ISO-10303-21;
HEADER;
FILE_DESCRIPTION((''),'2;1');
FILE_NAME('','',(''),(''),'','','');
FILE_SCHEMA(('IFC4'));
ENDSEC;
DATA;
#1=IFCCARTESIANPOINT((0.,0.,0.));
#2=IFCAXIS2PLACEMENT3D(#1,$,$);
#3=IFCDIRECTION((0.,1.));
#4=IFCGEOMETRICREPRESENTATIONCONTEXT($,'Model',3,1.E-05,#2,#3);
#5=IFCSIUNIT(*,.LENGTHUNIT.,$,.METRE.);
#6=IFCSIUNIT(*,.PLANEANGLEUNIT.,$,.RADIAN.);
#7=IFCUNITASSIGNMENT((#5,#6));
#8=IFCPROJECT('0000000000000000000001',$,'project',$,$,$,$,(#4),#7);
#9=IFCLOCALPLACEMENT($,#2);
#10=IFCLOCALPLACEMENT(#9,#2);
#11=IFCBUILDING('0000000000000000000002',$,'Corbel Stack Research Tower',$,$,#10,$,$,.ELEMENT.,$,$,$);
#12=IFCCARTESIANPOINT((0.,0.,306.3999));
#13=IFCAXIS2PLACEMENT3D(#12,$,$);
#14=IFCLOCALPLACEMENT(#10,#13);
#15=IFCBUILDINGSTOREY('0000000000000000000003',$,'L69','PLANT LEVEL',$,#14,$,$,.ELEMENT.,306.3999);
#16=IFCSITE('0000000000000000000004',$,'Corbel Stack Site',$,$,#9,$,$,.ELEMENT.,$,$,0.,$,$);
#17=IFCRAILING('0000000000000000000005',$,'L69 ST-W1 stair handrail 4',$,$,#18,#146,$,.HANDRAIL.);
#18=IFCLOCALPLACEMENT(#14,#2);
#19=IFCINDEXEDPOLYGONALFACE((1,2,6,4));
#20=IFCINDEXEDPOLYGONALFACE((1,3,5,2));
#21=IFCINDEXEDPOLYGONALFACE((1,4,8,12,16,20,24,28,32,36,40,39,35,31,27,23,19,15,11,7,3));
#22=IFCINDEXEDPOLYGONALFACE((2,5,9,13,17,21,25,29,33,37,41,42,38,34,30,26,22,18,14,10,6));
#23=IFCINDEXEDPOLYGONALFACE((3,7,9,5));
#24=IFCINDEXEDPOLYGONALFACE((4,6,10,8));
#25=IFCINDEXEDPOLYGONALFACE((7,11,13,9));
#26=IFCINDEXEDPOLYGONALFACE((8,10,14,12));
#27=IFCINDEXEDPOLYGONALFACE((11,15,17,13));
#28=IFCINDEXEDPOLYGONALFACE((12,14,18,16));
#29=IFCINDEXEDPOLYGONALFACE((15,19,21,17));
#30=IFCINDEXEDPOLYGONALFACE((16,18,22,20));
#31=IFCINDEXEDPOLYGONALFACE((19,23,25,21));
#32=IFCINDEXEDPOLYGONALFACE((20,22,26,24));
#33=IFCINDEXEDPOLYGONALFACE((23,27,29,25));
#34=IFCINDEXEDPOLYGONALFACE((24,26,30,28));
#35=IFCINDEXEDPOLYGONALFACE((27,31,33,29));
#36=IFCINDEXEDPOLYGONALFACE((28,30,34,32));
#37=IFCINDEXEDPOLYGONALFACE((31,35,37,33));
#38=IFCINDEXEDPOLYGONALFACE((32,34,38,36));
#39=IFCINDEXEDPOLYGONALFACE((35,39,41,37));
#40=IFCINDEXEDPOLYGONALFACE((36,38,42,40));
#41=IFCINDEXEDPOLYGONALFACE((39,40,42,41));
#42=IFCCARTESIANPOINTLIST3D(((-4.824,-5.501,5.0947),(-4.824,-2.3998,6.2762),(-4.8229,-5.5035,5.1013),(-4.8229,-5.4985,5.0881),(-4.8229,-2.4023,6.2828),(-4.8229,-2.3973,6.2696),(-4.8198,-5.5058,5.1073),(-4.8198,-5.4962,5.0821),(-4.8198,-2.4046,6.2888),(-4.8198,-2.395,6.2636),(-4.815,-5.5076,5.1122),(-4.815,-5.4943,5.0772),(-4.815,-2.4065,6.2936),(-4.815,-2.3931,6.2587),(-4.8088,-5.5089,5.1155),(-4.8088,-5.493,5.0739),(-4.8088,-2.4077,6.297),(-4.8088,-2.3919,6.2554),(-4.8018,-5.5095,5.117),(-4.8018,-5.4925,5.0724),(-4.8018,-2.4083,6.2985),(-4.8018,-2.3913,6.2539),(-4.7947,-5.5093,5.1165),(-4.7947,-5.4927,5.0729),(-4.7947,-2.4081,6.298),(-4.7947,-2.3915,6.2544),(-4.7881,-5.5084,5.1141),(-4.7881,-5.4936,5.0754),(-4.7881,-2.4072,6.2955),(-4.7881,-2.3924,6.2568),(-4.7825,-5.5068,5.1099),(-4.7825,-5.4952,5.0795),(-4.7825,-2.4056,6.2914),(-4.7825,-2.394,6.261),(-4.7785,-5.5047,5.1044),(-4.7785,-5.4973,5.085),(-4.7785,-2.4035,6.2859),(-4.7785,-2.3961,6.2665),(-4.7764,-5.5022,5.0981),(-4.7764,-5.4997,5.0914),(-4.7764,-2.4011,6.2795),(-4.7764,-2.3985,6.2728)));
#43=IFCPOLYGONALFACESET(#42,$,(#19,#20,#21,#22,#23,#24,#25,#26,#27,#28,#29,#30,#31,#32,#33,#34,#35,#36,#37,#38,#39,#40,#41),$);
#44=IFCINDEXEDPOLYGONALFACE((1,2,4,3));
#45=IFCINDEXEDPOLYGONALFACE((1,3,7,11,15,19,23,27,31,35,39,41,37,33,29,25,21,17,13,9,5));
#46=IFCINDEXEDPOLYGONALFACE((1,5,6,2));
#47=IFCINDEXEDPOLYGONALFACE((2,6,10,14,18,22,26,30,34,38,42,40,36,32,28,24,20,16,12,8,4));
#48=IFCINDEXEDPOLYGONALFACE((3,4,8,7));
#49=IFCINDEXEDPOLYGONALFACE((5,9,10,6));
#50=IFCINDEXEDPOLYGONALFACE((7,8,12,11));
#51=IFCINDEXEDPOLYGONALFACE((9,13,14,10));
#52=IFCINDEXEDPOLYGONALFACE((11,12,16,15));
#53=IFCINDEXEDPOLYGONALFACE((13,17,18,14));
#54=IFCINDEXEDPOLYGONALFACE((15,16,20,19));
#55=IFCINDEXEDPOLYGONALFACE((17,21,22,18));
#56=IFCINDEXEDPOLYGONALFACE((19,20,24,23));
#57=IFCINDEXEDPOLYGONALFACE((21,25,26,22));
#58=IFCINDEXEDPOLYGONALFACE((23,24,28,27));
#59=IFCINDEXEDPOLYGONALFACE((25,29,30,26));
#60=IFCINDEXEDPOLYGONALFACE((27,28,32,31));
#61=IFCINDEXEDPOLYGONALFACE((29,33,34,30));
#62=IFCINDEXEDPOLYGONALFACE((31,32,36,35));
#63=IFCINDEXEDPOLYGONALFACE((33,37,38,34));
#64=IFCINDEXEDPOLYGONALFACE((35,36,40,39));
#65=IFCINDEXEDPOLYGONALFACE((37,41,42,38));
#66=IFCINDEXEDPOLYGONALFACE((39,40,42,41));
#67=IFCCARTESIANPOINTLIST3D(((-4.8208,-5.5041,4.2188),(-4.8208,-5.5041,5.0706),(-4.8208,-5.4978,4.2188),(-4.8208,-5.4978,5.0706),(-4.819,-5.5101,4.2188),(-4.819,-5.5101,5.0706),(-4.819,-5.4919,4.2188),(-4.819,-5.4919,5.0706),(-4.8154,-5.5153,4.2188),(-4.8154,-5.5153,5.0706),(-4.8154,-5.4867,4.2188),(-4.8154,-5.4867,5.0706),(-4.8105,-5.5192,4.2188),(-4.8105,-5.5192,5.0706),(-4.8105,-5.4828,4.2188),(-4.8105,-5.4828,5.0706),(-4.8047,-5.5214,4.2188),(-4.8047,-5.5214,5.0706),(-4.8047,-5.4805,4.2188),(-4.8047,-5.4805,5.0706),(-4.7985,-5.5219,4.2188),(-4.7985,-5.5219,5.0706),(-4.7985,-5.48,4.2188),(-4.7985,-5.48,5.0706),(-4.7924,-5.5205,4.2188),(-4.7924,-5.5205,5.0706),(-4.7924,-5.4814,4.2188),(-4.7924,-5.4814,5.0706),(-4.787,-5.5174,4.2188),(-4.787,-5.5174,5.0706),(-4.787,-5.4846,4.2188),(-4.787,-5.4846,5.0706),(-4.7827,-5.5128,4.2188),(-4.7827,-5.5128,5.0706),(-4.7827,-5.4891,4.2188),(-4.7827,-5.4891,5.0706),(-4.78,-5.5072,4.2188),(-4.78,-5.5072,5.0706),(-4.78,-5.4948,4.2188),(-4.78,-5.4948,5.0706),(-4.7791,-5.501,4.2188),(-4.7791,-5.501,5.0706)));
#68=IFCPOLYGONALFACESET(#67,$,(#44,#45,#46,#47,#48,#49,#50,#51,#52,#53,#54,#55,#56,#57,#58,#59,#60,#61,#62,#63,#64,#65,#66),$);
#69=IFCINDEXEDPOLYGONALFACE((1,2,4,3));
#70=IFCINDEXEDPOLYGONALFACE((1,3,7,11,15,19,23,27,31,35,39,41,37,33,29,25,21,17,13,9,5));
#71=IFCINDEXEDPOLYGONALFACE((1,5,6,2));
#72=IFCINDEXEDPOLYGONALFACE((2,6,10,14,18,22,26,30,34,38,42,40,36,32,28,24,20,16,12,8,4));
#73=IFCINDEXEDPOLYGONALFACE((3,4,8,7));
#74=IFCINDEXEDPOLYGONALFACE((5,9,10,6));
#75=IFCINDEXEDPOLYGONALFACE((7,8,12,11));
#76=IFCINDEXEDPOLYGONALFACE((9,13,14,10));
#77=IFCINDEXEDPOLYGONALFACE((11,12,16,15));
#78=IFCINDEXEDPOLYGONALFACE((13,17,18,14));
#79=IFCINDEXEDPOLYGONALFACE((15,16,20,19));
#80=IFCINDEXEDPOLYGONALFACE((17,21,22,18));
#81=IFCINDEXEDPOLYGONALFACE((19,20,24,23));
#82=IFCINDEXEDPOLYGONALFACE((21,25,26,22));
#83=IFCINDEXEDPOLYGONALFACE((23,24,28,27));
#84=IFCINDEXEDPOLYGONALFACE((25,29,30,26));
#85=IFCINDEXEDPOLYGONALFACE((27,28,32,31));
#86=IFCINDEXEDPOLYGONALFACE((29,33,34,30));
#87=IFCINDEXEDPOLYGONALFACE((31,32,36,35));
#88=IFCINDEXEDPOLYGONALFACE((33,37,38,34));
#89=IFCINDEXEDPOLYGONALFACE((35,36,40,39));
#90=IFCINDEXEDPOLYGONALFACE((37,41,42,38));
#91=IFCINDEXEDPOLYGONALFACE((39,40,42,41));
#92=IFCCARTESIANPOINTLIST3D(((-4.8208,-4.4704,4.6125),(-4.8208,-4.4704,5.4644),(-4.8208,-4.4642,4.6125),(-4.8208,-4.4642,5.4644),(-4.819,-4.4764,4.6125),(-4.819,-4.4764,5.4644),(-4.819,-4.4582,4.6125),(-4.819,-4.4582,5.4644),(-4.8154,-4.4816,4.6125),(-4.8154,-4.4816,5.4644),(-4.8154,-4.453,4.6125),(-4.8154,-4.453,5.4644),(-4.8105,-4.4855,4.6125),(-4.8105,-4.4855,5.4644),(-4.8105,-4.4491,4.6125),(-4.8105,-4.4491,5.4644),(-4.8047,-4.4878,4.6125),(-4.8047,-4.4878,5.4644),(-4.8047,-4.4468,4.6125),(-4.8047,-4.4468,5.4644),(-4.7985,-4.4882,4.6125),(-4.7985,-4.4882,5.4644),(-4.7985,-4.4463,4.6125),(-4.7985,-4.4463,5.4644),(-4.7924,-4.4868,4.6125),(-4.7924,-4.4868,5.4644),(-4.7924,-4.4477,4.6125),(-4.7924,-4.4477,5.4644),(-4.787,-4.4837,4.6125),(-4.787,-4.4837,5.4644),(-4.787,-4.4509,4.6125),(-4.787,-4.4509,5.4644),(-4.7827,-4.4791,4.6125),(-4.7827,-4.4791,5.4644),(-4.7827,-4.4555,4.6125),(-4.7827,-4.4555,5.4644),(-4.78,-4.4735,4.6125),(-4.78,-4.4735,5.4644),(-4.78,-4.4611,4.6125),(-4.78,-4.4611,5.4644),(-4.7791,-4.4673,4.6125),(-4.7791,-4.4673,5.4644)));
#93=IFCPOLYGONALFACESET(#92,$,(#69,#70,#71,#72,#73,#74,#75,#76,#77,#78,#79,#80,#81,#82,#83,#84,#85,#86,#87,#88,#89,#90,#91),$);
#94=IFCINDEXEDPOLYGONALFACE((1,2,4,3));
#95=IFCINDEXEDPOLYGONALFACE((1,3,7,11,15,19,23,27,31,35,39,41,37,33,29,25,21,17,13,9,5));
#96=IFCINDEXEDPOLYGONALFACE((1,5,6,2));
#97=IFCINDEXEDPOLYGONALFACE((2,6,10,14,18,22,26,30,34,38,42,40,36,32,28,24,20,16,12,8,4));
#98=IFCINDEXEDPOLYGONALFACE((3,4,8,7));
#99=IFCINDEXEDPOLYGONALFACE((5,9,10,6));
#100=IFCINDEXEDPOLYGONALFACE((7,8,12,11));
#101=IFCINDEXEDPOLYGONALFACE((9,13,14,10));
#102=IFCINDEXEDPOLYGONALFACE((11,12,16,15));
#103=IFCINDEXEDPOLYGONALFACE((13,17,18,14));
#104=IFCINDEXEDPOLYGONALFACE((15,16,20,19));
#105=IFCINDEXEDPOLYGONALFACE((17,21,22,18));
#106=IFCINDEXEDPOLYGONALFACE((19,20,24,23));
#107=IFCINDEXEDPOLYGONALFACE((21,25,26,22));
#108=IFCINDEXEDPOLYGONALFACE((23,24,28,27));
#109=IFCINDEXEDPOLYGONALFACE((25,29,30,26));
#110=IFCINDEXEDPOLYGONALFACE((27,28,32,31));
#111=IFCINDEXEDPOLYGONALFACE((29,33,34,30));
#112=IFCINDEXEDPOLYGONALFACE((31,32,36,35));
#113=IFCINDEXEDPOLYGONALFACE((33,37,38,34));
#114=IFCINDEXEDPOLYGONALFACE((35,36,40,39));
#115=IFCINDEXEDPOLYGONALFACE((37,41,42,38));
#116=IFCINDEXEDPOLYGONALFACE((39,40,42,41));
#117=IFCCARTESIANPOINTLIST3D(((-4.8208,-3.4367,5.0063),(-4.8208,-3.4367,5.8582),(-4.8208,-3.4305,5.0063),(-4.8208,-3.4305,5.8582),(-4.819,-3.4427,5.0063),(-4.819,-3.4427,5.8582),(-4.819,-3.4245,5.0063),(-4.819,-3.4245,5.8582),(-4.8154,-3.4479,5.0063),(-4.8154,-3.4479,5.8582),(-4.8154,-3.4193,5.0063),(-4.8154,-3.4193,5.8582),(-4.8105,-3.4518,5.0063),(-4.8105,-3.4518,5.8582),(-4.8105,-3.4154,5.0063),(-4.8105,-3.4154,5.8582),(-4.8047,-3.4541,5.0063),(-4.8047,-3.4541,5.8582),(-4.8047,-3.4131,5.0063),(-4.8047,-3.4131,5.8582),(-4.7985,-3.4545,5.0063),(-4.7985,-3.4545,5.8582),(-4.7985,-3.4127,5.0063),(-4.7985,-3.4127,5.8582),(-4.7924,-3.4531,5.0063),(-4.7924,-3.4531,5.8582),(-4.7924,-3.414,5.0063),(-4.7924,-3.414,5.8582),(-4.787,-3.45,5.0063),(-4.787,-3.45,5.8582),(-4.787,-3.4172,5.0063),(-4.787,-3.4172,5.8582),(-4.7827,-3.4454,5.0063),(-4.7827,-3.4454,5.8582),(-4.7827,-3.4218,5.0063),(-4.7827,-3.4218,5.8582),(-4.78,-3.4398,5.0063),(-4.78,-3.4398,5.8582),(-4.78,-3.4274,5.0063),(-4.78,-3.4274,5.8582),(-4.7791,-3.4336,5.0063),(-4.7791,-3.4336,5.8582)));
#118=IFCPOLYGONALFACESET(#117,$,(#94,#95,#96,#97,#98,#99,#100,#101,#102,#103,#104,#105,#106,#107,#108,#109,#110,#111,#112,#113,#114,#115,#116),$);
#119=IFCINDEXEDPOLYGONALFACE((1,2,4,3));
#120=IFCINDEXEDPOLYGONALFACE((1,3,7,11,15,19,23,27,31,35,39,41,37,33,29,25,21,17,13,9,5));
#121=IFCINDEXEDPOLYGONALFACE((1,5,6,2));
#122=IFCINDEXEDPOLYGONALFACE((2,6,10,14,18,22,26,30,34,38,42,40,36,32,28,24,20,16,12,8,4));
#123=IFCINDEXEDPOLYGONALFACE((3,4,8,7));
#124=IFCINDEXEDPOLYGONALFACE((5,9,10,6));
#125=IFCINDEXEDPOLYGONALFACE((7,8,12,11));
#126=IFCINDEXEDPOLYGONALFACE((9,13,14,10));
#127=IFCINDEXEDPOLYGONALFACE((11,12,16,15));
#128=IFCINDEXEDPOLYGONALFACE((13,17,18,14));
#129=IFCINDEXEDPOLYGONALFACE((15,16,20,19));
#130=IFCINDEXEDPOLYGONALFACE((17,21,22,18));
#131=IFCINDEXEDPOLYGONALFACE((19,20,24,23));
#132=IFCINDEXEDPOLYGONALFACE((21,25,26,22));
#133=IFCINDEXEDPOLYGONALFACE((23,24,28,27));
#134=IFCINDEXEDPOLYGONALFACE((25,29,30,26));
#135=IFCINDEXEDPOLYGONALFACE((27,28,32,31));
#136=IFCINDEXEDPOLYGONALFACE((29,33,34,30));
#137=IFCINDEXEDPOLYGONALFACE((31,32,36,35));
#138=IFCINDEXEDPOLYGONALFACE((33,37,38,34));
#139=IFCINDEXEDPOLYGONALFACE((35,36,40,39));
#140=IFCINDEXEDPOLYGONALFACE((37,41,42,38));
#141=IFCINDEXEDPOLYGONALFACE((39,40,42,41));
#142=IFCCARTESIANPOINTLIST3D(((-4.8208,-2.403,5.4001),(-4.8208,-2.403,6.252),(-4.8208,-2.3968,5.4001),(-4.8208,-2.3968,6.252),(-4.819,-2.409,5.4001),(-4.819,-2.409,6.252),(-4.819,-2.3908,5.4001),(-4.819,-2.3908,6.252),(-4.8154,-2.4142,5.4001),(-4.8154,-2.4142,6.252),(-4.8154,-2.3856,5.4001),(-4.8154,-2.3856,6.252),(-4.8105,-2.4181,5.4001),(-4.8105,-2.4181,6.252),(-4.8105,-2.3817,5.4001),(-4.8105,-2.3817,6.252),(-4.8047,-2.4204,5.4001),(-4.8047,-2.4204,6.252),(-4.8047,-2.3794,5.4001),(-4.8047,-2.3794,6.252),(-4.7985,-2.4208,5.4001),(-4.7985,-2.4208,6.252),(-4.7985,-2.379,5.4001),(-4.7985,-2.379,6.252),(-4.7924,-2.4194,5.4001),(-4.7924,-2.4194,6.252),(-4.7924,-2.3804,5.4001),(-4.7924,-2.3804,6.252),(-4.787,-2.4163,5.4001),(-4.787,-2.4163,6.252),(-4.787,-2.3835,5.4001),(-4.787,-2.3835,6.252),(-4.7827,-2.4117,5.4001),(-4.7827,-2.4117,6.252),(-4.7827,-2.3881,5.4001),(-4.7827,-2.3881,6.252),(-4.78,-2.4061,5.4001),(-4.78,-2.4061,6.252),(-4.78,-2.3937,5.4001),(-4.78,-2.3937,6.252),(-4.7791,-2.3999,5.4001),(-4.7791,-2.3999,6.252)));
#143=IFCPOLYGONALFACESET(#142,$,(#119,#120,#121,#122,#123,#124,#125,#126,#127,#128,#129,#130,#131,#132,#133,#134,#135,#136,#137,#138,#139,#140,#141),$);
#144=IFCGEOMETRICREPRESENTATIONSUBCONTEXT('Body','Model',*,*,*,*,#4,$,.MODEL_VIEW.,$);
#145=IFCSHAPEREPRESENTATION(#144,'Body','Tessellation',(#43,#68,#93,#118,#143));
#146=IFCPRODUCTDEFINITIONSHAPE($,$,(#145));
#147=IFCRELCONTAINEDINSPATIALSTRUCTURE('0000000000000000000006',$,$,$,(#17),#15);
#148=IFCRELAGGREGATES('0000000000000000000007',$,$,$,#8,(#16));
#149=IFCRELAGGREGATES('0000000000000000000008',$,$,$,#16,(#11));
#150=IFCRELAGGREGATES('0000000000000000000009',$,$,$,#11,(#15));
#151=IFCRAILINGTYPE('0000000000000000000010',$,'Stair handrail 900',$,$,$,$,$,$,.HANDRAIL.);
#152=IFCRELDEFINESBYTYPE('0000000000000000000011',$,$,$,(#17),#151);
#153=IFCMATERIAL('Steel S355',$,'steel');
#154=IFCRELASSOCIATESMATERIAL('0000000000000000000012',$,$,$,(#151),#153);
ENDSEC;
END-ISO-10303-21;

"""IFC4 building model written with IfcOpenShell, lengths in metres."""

from ifc_helpers import new_model, si_unit, direction, frame, origin, origin_2d, place, context, subcontext, project, spatial, circle, extrude, material, type_object, element, save


model = new_model("IFC4")

# Units and contexts
model_context = context("Model", 3, precision=1e-05, world=origin(), true_north=direction((0.0, 1.0)))
body_context = subcontext(model_context, "Body", "Model", "MODEL_VIEW")
ifc_project = project(units=[si_unit("LENGTHUNIT", "METRE"), si_unit("PLANEANGLEUNIT", "RADIAN")], contexts=[model_context])

# Site, building, storey
site_placement = place(None, origin())
site = spatial("IfcSite", under=ifc_project, at=site_placement, Name="Corbel Stack Site", CompositionType="ELEMENT", RefElevation=0.0)
building_placement = place(site_placement, origin())
building = spatial("IfcBuilding", under=site, at=building_placement, Name="Corbel Stack Research Tower", CompositionType="ELEMENT")
storey_placement = place(building_placement, frame((0.0, 0.0, 306.3999)))
storey = spatial("IfcBuildingStorey", under=building, at=storey_placement, Name="L69", Description="PLANT LEVEL", CompositionType="ELEMENT", Elevation=306.3999)

# Railing
ifc_material_1 = material(Name="Steel S355", Category="steel")
railing_type_1 = type_object("IfcRailingType", Name="Stair handrail 900", PredefinedType="HANDRAIL", material=ifc_material_1)
for number, where, name in (
    (1, (-4.8, -5.501, 4.2188), "L69 ST-W1 stair handrail 4"),
):
    element("IfcRailing", number, at=place(storey_placement, frame(where)), inside=storey, type_object=railing_type_1, Name=name, PredefinedType="HANDRAIL", context=body_context, shape_type="SweptSolid", body=[
        extrude(circle(Radius=0.0239, at=origin_2d()), frame((0.0, 0.0, 0.876), z_axis=(0.0, 0.934484, 0.356005), x_axis=(-1.0, 0.0, 0.0)), (0.0, 0.0, 1.0), 3.3186),
        extrude(circle(Radius=0.021, at=origin_2d()), origin(), (0.0, 0.0, 1.0), 0.8518),
        extrude(circle(Radius=0.021, at=origin_2d()), frame((0.0, 1.0337, 0.3938)), (0.0, 0.0, 1.0), 0.8518),
        extrude(circle(Radius=0.021, at=origin_2d()), frame((0.0, 2.0674, 0.7876)), (0.0, 0.0, 1.0), 0.8518),
        extrude(circle(Radius=0.021, at=origin_2d()), frame((0.0, 3.1011, 1.1814)), (0.0, 0.0, 1.0), 0.8518),
    ])

save(model, "model.ifc")
